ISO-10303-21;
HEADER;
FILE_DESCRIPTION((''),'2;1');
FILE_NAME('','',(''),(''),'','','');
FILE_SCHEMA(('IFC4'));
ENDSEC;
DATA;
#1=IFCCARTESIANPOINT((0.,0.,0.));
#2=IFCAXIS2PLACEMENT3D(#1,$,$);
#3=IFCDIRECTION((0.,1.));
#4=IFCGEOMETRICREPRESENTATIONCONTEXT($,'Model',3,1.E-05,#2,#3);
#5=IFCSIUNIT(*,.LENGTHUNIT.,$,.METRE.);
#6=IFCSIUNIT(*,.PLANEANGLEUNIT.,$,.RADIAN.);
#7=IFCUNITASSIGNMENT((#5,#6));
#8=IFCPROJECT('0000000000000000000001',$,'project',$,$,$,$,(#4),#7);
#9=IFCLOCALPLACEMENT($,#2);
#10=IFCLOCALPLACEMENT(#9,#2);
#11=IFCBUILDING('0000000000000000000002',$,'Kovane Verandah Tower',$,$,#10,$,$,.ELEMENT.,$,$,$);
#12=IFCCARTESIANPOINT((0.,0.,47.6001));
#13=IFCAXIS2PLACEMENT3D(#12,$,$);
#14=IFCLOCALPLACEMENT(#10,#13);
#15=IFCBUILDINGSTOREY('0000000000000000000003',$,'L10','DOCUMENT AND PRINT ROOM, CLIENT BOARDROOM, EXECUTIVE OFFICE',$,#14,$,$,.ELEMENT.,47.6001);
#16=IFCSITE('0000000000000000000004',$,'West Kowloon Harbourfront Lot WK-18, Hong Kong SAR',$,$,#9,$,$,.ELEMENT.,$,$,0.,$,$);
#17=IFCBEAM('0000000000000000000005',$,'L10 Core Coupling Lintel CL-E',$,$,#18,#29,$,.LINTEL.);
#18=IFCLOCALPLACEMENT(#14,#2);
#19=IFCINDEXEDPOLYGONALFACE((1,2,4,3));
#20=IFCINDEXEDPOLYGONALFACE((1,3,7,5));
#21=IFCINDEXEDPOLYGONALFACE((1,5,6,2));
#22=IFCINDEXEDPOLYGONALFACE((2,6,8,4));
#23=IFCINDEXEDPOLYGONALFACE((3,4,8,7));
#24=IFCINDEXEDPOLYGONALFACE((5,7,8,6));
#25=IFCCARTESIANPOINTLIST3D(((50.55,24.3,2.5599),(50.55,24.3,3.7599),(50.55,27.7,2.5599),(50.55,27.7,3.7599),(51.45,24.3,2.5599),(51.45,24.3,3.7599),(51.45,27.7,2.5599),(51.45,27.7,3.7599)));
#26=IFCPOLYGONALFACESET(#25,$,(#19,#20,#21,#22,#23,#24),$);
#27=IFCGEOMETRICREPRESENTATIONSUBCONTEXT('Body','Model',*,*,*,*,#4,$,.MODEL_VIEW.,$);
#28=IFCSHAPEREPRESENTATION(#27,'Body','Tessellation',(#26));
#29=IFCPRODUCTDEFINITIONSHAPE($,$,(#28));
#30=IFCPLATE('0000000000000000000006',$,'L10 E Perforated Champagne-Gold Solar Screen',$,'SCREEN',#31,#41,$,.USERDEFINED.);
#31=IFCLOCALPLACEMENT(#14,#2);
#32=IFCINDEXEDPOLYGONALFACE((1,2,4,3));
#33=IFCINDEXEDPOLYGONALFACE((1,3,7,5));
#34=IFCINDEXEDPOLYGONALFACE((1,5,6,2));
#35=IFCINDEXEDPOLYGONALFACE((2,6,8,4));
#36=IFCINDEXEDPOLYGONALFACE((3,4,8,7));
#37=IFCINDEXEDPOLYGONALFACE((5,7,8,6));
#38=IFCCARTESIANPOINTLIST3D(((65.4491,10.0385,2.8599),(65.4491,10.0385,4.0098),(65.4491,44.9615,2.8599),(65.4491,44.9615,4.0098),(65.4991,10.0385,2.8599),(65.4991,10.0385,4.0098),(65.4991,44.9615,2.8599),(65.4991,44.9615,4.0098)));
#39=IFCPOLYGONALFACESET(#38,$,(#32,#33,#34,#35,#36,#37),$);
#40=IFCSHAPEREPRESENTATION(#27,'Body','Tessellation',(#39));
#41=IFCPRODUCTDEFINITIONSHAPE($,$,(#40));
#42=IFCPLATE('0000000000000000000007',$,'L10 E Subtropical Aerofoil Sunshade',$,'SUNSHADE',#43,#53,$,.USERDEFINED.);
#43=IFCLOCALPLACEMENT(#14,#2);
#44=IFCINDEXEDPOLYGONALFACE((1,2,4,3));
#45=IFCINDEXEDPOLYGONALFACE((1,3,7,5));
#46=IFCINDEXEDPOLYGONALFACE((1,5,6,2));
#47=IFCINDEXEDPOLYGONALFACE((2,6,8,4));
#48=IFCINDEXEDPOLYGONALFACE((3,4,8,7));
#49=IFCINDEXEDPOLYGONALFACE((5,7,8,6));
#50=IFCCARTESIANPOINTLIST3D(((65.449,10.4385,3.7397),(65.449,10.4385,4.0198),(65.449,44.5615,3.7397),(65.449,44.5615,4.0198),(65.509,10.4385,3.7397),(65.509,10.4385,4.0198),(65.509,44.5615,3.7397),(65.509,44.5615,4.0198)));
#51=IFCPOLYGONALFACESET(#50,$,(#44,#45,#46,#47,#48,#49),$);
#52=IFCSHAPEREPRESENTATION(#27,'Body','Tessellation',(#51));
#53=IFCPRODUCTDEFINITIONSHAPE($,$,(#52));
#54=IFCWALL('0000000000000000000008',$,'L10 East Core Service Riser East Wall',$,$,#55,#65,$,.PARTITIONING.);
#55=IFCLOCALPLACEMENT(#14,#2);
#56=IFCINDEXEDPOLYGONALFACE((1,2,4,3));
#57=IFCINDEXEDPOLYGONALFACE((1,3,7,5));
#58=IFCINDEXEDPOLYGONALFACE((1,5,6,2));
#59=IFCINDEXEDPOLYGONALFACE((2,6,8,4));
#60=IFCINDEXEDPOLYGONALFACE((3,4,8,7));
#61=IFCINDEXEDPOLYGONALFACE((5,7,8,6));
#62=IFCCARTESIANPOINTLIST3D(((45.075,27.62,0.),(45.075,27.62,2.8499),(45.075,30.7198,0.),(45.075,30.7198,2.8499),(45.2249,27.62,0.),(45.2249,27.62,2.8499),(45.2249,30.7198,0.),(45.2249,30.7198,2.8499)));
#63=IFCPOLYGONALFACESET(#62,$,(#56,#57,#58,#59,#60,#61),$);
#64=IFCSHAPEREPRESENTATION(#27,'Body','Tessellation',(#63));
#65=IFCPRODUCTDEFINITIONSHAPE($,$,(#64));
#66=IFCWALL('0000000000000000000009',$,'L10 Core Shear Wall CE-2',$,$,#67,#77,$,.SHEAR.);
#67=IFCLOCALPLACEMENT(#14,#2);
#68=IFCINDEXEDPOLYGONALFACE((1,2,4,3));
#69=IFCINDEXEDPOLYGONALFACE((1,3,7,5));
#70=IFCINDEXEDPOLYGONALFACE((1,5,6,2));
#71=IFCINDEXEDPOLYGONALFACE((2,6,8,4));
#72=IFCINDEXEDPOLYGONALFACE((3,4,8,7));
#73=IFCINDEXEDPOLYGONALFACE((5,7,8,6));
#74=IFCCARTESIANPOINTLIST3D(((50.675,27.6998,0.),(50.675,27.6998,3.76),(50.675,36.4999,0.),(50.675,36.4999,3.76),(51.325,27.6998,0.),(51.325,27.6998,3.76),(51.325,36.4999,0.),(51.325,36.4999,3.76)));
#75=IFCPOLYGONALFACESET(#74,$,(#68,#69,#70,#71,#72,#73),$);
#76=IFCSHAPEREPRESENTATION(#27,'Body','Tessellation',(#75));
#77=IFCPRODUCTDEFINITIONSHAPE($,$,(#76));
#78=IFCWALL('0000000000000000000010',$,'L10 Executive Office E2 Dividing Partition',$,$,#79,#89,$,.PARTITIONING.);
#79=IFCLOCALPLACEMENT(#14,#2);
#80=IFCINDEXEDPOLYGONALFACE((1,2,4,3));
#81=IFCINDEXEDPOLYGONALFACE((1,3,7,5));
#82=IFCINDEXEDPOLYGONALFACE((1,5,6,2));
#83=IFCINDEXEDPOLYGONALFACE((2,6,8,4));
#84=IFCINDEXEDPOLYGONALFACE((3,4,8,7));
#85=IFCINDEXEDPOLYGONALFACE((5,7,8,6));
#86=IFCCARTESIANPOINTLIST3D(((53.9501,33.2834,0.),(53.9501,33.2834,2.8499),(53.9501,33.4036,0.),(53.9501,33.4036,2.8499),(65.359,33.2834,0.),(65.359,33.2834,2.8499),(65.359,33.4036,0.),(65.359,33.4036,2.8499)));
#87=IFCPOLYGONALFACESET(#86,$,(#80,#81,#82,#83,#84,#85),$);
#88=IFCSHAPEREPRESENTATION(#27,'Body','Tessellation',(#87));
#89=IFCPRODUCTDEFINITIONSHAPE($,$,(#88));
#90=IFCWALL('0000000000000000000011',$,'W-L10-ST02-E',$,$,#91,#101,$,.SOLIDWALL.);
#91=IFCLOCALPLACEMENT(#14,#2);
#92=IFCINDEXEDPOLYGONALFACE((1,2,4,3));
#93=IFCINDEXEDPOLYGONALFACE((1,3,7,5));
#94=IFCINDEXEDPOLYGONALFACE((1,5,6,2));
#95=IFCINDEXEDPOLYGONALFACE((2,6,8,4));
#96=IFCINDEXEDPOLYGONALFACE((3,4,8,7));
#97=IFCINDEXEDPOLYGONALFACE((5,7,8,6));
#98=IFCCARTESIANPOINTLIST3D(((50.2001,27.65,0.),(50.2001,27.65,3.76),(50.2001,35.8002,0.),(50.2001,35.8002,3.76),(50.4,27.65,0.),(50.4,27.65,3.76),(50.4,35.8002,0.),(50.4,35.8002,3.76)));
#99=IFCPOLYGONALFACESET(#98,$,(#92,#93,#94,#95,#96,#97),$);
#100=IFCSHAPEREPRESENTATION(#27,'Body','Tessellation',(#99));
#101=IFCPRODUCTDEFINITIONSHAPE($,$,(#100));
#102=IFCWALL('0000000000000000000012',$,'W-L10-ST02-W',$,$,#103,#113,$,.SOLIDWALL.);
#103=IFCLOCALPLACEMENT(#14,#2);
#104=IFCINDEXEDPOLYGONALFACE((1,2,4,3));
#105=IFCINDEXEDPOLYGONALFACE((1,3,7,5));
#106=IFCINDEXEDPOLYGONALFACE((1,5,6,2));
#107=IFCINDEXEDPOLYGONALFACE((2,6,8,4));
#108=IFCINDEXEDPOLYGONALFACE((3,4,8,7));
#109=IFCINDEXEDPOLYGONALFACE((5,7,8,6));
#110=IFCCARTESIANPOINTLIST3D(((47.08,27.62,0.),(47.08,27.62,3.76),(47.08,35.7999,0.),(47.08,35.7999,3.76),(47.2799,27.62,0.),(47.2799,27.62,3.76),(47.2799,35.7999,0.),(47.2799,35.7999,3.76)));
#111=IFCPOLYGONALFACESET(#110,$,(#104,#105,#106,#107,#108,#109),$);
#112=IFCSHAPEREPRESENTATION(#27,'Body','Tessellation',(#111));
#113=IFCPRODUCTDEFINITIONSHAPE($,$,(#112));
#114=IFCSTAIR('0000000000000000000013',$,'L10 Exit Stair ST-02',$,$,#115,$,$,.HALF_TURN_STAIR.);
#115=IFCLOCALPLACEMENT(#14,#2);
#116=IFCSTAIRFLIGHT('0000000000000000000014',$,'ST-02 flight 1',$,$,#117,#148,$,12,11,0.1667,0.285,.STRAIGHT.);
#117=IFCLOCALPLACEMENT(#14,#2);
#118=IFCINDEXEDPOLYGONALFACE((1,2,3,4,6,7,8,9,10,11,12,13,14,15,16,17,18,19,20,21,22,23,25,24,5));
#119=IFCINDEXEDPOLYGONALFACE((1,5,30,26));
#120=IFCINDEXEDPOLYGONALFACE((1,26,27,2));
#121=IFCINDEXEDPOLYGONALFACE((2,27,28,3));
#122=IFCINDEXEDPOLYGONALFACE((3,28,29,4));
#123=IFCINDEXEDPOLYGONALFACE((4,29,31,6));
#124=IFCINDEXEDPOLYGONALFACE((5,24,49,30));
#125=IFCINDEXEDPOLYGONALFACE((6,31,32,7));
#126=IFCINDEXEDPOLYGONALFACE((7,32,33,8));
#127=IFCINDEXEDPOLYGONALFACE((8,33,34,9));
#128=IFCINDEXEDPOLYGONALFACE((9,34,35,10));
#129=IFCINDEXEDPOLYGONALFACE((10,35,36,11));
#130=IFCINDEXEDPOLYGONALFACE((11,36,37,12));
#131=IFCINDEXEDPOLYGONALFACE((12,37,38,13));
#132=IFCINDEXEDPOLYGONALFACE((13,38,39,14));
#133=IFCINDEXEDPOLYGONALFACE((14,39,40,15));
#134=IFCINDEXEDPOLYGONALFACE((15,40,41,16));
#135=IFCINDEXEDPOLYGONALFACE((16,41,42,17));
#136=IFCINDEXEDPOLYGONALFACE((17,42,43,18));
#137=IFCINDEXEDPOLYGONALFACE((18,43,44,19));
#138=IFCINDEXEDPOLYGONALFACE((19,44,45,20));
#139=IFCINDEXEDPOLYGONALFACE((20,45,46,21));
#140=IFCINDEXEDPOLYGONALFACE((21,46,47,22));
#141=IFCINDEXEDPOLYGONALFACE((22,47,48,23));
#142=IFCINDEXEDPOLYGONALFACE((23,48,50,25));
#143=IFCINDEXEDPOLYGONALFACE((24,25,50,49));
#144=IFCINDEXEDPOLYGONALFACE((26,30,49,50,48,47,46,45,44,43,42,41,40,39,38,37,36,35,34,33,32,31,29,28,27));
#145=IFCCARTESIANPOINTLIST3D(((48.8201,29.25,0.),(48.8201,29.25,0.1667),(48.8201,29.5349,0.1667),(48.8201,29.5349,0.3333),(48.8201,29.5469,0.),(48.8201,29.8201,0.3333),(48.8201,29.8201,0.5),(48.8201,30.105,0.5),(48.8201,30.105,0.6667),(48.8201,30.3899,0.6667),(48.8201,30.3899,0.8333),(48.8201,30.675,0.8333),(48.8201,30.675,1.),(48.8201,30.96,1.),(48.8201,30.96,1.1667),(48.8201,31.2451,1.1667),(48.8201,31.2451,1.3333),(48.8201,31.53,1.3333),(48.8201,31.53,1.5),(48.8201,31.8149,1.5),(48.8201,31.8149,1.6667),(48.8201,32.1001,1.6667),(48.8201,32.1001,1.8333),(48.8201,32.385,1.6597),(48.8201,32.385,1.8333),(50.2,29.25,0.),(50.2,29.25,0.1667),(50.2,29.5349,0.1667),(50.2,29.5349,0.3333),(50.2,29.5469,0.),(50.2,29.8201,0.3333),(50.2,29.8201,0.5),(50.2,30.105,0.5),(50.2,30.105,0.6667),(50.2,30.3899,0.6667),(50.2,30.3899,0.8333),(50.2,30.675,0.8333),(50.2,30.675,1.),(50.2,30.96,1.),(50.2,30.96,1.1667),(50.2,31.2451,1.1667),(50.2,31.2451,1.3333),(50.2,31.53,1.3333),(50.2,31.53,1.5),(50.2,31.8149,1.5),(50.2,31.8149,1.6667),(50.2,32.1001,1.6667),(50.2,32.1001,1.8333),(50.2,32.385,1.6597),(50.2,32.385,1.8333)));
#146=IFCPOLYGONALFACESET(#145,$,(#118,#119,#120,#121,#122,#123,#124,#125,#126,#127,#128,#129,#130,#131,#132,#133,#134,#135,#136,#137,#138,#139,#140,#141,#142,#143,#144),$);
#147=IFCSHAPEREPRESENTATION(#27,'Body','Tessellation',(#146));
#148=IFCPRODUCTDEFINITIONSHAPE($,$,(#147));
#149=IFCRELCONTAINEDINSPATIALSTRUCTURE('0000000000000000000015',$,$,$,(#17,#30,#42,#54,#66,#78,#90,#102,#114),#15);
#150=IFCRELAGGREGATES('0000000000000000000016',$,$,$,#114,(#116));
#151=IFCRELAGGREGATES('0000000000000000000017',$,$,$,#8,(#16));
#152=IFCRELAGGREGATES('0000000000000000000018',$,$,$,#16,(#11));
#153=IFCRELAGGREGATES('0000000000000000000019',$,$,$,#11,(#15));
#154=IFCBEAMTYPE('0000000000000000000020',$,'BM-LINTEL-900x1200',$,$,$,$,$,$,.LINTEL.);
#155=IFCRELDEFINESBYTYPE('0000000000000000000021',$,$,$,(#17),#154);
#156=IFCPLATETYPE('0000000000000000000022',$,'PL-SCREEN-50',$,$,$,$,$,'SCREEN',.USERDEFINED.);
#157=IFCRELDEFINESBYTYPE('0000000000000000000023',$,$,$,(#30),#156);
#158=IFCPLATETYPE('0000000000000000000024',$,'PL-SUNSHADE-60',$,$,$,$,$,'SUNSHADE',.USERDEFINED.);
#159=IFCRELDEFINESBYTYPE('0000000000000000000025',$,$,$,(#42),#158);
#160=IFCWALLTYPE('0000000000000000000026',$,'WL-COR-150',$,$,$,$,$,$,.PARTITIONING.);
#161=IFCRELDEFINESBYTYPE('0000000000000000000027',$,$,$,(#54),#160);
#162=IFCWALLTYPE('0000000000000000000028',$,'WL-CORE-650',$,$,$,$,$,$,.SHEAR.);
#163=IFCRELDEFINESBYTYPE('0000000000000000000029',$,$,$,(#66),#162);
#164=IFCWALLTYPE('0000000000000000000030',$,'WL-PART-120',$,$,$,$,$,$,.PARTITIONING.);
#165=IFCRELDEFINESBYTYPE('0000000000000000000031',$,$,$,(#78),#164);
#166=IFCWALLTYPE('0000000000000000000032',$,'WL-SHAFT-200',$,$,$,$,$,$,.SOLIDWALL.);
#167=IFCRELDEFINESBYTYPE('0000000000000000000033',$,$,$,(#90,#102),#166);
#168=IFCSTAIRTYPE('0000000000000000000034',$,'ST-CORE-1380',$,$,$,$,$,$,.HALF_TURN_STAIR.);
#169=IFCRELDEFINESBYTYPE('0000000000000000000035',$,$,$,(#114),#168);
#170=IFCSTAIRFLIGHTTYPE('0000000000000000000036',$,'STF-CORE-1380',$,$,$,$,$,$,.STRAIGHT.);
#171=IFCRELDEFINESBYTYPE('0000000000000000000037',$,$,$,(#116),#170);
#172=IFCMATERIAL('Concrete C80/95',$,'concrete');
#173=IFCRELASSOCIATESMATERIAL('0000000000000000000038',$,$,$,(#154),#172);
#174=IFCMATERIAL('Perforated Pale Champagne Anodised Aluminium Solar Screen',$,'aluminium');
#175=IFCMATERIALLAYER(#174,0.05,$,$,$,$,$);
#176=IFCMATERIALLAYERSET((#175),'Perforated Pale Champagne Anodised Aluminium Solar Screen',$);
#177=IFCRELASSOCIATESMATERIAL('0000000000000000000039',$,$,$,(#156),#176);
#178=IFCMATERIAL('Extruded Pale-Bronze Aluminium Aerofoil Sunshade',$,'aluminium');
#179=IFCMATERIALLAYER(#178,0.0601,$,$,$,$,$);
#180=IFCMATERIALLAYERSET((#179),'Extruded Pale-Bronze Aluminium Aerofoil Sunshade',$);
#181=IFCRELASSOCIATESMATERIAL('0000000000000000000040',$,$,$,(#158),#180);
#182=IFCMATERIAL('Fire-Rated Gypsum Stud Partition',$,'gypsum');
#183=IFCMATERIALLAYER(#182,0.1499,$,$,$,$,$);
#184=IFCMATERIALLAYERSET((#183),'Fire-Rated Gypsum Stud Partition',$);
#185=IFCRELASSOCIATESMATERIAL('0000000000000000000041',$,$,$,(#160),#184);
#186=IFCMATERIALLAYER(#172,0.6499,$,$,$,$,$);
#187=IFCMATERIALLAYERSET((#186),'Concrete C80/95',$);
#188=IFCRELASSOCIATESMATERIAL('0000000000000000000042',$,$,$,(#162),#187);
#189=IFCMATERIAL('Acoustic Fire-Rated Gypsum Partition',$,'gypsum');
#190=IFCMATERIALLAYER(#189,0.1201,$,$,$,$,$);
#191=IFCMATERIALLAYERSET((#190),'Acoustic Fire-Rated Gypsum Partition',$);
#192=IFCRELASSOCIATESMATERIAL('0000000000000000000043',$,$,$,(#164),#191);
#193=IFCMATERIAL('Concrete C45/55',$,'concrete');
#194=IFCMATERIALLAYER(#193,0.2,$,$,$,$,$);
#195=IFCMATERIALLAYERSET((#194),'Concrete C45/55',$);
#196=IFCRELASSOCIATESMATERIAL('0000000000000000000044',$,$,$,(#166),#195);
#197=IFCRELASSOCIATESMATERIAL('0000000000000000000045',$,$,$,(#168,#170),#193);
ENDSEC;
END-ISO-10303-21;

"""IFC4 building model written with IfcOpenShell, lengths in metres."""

from ifc_helpers import new_model, si_unit, direction, frame, frame_2d, origin, origin_2d, place, context, subcontext, project, spatial, polyline, rectangle, outline, extrude, material, layer, layer_set, material_profile, profile_set, type_object, element, aggregate, save


model = new_model("IFC4")

# Units and contexts
model_context = context("Model", 3, precision=1e-05, world=origin(), true_north=direction((0.0, 1.0)))
body_context = subcontext(model_context, "Body", "Model", "MODEL_VIEW")
ifc_project = project(units=[si_unit("LENGTHUNIT", "METRE"), si_unit("PLANEANGLEUNIT", "RADIAN")], contexts=[model_context])

# Site, building, storey
site_placement = place(None, origin())
site = spatial("IfcSite", under=ifc_project, at=site_placement, Name="West Kowloon Harbourfront Lot WK-18, Hong Kong SAR", CompositionType="ELEMENT", RefElevation=0.0)
building_placement = place(site_placement, origin())
building = spatial("IfcBuilding", under=site, at=building_placement, Name="Kovane Verandah Tower", CompositionType="ELEMENT")
storey_placement = place(building_placement, frame((0.0, 0.0, 47.6001)))
storey = spatial("IfcBuildingStorey", under=building, at=storey_placement, Name="L10", Description="DOCUMENT AND PRINT ROOM, CLIENT BOARDROOM, EXECUTIVE OFFICE", CompositionType="ELEMENT", Elevation=47.6001)

# Beam
ifc_material_1 = material(Name="Concrete C80/95", Category="concrete")
ifc_material_profile = material_profile(ifc_material_1, rectangle(XDim=0.8999, YDim=1.2, at=origin_2d()), Name="RCB900x1200")
ifc_profile_set = profile_set([ifc_material_profile], Name="Concrete C80/95")
beam_type = type_object("IfcBeamType", Name="BM-LINTEL-900x1200", PredefinedType="LINTEL", material=ifc_profile_set)
beam_placement = place(storey_placement, frame((51.0, 24.3, 3.1599), z_axis=(0.0, 1.0, 0.0), x_axis=(-1.0, 0.0, 0.0)))
element("IfcBeam", 1, at=beam_placement, inside=storey, type_object=beam_type, Name="L10 Core Coupling Lintel CL-E", PredefinedType="LINTEL", context=body_context, shape_type="SweptSolid", body=[
    extrude(rectangle(XDim=0.8999, YDim=1.2, at=origin_2d()), origin(), (0.0, 0.0, 1.0), 3.3999),
])

# Plates
ifc_material_2 = material(Name="Perforated Pale Champagne Anodised Aluminium Solar Screen", Category="aluminium")
ifc_layer_1 = layer(ifc_material_2, 0.05)
ifc_layer_set_1 = layer_set([ifc_layer_1], Name="Perforated Pale Champagne Anodised Aluminium Solar Screen")
plate_type_1 = type_object("IfcPlateType", Name="PL-SCREEN-50", ElementType="SCREEN", PredefinedType="USERDEFINED", material=ifc_layer_set_1)
plate_1_placement = place(storey_placement, frame((65.4741, 27.5, 2.8599), z_axis=(0.0, 0.0, 1.0), x_axis=(0.0, 1.0, 0.0)))
element("IfcPlate", 2, at=plate_1_placement, inside=storey, type_object=plate_type_1, Name="L10 E Perforated Champagne-Gold Solar Screen", ObjectType="SCREEN", PredefinedType="USERDEFINED", context=body_context, shape_type="SweptSolid", body=[
    extrude(rectangle(XDim=34.9231, YDim=0.05, at=origin_2d()), origin(), (0.0, 0.0, 1.0), 1.1499),
])
ifc_material_3 = material(Name="Extruded Pale-Bronze Aluminium Aerofoil Sunshade", Category="aluminium")
ifc_layer_2 = layer(ifc_material_3, 0.0601)
ifc_layer_set_2 = layer_set([ifc_layer_2], Name="Extruded Pale-Bronze Aluminium Aerofoil Sunshade")
plate_type_2 = type_object("IfcPlateType", Name="PL-SUNSHADE-60", ElementType="SUNSHADE", PredefinedType="USERDEFINED", material=ifc_layer_set_2)
plate_2_placement = place(storey_placement, frame((65.479, 27.5, 3.7397), z_axis=(0.0, 0.0, 1.0), x_axis=(0.0, 1.0, 0.0)))
element("IfcPlate", 3, at=plate_2_placement, inside=storey, type_object=plate_type_2, Name="L10 E Subtropical Aerofoil Sunshade", ObjectType="SUNSHADE", PredefinedType="USERDEFINED", context=body_context, shape_type="SweptSolid", body=[
    extrude(rectangle(XDim=34.123, YDim=0.0601, at=origin_2d()), origin(), (0.0, 0.0, 1.0), 0.28),
])

# Walls
ifc_material_4 = material(Name="Fire-Rated Gypsum Stud Partition", Category="gypsum")
ifc_layer_3 = layer(ifc_material_4, 0.1499)
ifc_layer_set_3 = layer_set([ifc_layer_3], Name="Fire-Rated Gypsum Stud Partition")
wall_type_1 = type_object("IfcWallType", Name="WL-COR-150", PredefinedType="PARTITIONING", material=ifc_layer_set_3)
wall_1_placement = place(storey_placement, frame((45.1499, 27.6201, 0.0), z_axis=(0.0, 0.0, 1.0), x_axis=(0.0, 1.0, 0.0)))
element("IfcWall", 4, at=wall_1_placement, inside=storey, type_object=wall_type_1, Name="L10 East Core Service Riser East Wall", PredefinedType="PARTITIONING", context=body_context, shape_type="SweptSolid", body=[
    extrude(rectangle(XDim=3.0999, YDim=0.1499, at=frame_2d((1.5498, 0.0))), origin(), (0.0, 0.0, 1.0), 2.8499),
])
ifc_layer_4 = layer(ifc_material_1, 0.6499)
ifc_layer_set_4 = layer_set([ifc_layer_4], Name="Concrete C80/95")
wall_type_2 = type_object("IfcWallType", Name="WL-CORE-650", PredefinedType="SHEAR", material=ifc_layer_set_4)
wall_2_placement = place(storey_placement, frame((51.0, 27.7, 0.0), z_axis=(0.0, 0.0, 1.0), x_axis=(0.0, 1.0, 0.0)))
element("IfcWall", 5, at=wall_2_placement, inside=storey, type_object=wall_type_2, Name="L10 Core Shear Wall CE-2", PredefinedType="SHEAR", context=body_context, shape_type="SweptSolid", body=[
    extrude(rectangle(XDim=8.8, YDim=0.6499, at=frame_2d((4.3999, 0.0))), origin(), (0.0, 0.0, 1.0), 3.76),
])

# Walls
ifc_material_5 = material(Name="Acoustic Fire-Rated Gypsum Partition", Category="gypsum")
ifc_layer_5 = layer(ifc_material_5, 0.1201)
ifc_layer_set_5 = layer_set([ifc_layer_5], Name="Acoustic Fire-Rated Gypsum Partition")
wall_type_3 = type_object("IfcWallType", Name="WL-PART-120", PredefinedType="PARTITIONING", material=ifc_layer_set_5)
wall_3_placement = place(storey_placement, frame((53.95, 33.3435, 0.0), z_axis=(0.0, 0.0, 1.0), x_axis=(1.0, 0.0, 0.0)))
element("IfcWall", 6, at=wall_3_placement, inside=storey, type_object=wall_type_3, Name="L10 Executive Office E2 Dividing Partition", PredefinedType="PARTITIONING", context=body_context, shape_type="SweptSolid", body=[
    extrude(rectangle(XDim=11.4089, YDim=0.1201, at=frame_2d((5.7046, 0.0))), origin(), (0.0, 0.0, 1.0), 2.8499),
])
ifc_material_6 = material(Name="Concrete C45/55", Category="concrete")
ifc_layer_6 = layer(ifc_material_6, 0.2)
ifc_layer_set_6 = layer_set([ifc_layer_6], Name="Concrete C45/55")
wall_type_4 = type_object("IfcWallType", Name="WL-SHAFT-200", PredefinedType="SOLIDWALL", material=ifc_layer_set_6)
wall_4_placement = place(storey_placement, frame((50.3, 27.6499, 0.0), z_axis=(0.0, 0.0, 1.0), x_axis=(0.0, 1.0, 0.0)))
element("IfcWall", 7, at=wall_4_placement, inside=storey, type_object=wall_type_4, Name="W-L10-ST02-E", PredefinedType="SOLIDWALL", context=body_context, shape_type="SweptSolid", body=[
    extrude(rectangle(XDim=8.1501, YDim=0.2, at=frame_2d((4.0752, 0.0))), origin(), (0.0, 0.0, 1.0), 3.76),
])
wall_5_placement = place(storey_placement, frame((47.1799, 27.6201, 0.0), z_axis=(0.0, 0.0, 1.0), x_axis=(0.0, 1.0, 0.0)))
element("IfcWall", 8, at=wall_5_placement, inside=storey, type_object=wall_type_4, Name="W-L10-ST02-W", PredefinedType="SOLIDWALL", context=body_context, shape_type="SweptSolid", body=[
    extrude(rectangle(XDim=8.1799, YDim=0.2, at=frame_2d((4.0898, 0.0))), origin(), (0.0, 0.0, 1.0), 3.76),
])

# Stair, stair flight
stair_type = type_object("IfcStairType", Name="ST-CORE-1380", PredefinedType="HALF_TURN_STAIR", material=ifc_material_6)
stair_placement = place(storey_placement, origin())
stair = element("IfcStair", 9, at=stair_placement, inside=storey, type_object=stair_type, Name="L10 Exit Stair ST-02", PredefinedType="HALF_TURN_STAIR")
stair_flight_type = type_object("IfcStairFlightType", Name="STF-CORE-1380", PredefinedType="STRAIGHT", material=ifc_material_6)
stair_flight_1_placement = place(storey_placement, frame((49.51, 29.25, 0.0), z_axis=(0.0, 0.0, 1.0), x_axis=(0.0, 1.0, 0.0)))
stair_flight_1 = element("IfcStairFlight", 10, at=stair_flight_1_placement, type_object=stair_flight_type, Name="ST-02 flight 1", NumberOfRisers=12, NumberOfTreads=11, PredefinedType="STRAIGHT", RiserHeight=0.1667, TreadLength=0.285, context=body_context, shape_type="SweptSolid", body=[
    extrude(outline(polyline([(0.0, 0.0), (0.0, 0.1667), (0.2849, 0.1667), (0.2849, 0.3333), (0.5701, 0.3333), (0.5701, 0.5), (0.855, 0.5), (0.855, 0.6667), (1.1399, 0.6667), (1.1399, 0.8333), (1.425, 0.8333), (1.425, 1.0), (1.71, 1.0), (1.71, 1.1667), (1.9951, 1.1667), (1.9951, 1.3333), (2.28, 1.3333), (2.28, 1.5), (2.5649, 1.5), (2.5649, 1.6667), (2.8501, 1.6667), (2.8501, 1.8333), (3.135, 1.8333), (3.135, 2.0), (3.135, 1.6597), (0.2969, 0.0), (0.0, 0.0)])), frame((0.0, 0.6899, 0.0), z_axis=(0.0, -1.0, 0.0), x_axis=(1.0, 0.0, 0.0)), (0.0, 0.0, 1.0), 1.3799),
])
aggregate(stair, [stair_flight_1])

save(model, "model.ifc")
